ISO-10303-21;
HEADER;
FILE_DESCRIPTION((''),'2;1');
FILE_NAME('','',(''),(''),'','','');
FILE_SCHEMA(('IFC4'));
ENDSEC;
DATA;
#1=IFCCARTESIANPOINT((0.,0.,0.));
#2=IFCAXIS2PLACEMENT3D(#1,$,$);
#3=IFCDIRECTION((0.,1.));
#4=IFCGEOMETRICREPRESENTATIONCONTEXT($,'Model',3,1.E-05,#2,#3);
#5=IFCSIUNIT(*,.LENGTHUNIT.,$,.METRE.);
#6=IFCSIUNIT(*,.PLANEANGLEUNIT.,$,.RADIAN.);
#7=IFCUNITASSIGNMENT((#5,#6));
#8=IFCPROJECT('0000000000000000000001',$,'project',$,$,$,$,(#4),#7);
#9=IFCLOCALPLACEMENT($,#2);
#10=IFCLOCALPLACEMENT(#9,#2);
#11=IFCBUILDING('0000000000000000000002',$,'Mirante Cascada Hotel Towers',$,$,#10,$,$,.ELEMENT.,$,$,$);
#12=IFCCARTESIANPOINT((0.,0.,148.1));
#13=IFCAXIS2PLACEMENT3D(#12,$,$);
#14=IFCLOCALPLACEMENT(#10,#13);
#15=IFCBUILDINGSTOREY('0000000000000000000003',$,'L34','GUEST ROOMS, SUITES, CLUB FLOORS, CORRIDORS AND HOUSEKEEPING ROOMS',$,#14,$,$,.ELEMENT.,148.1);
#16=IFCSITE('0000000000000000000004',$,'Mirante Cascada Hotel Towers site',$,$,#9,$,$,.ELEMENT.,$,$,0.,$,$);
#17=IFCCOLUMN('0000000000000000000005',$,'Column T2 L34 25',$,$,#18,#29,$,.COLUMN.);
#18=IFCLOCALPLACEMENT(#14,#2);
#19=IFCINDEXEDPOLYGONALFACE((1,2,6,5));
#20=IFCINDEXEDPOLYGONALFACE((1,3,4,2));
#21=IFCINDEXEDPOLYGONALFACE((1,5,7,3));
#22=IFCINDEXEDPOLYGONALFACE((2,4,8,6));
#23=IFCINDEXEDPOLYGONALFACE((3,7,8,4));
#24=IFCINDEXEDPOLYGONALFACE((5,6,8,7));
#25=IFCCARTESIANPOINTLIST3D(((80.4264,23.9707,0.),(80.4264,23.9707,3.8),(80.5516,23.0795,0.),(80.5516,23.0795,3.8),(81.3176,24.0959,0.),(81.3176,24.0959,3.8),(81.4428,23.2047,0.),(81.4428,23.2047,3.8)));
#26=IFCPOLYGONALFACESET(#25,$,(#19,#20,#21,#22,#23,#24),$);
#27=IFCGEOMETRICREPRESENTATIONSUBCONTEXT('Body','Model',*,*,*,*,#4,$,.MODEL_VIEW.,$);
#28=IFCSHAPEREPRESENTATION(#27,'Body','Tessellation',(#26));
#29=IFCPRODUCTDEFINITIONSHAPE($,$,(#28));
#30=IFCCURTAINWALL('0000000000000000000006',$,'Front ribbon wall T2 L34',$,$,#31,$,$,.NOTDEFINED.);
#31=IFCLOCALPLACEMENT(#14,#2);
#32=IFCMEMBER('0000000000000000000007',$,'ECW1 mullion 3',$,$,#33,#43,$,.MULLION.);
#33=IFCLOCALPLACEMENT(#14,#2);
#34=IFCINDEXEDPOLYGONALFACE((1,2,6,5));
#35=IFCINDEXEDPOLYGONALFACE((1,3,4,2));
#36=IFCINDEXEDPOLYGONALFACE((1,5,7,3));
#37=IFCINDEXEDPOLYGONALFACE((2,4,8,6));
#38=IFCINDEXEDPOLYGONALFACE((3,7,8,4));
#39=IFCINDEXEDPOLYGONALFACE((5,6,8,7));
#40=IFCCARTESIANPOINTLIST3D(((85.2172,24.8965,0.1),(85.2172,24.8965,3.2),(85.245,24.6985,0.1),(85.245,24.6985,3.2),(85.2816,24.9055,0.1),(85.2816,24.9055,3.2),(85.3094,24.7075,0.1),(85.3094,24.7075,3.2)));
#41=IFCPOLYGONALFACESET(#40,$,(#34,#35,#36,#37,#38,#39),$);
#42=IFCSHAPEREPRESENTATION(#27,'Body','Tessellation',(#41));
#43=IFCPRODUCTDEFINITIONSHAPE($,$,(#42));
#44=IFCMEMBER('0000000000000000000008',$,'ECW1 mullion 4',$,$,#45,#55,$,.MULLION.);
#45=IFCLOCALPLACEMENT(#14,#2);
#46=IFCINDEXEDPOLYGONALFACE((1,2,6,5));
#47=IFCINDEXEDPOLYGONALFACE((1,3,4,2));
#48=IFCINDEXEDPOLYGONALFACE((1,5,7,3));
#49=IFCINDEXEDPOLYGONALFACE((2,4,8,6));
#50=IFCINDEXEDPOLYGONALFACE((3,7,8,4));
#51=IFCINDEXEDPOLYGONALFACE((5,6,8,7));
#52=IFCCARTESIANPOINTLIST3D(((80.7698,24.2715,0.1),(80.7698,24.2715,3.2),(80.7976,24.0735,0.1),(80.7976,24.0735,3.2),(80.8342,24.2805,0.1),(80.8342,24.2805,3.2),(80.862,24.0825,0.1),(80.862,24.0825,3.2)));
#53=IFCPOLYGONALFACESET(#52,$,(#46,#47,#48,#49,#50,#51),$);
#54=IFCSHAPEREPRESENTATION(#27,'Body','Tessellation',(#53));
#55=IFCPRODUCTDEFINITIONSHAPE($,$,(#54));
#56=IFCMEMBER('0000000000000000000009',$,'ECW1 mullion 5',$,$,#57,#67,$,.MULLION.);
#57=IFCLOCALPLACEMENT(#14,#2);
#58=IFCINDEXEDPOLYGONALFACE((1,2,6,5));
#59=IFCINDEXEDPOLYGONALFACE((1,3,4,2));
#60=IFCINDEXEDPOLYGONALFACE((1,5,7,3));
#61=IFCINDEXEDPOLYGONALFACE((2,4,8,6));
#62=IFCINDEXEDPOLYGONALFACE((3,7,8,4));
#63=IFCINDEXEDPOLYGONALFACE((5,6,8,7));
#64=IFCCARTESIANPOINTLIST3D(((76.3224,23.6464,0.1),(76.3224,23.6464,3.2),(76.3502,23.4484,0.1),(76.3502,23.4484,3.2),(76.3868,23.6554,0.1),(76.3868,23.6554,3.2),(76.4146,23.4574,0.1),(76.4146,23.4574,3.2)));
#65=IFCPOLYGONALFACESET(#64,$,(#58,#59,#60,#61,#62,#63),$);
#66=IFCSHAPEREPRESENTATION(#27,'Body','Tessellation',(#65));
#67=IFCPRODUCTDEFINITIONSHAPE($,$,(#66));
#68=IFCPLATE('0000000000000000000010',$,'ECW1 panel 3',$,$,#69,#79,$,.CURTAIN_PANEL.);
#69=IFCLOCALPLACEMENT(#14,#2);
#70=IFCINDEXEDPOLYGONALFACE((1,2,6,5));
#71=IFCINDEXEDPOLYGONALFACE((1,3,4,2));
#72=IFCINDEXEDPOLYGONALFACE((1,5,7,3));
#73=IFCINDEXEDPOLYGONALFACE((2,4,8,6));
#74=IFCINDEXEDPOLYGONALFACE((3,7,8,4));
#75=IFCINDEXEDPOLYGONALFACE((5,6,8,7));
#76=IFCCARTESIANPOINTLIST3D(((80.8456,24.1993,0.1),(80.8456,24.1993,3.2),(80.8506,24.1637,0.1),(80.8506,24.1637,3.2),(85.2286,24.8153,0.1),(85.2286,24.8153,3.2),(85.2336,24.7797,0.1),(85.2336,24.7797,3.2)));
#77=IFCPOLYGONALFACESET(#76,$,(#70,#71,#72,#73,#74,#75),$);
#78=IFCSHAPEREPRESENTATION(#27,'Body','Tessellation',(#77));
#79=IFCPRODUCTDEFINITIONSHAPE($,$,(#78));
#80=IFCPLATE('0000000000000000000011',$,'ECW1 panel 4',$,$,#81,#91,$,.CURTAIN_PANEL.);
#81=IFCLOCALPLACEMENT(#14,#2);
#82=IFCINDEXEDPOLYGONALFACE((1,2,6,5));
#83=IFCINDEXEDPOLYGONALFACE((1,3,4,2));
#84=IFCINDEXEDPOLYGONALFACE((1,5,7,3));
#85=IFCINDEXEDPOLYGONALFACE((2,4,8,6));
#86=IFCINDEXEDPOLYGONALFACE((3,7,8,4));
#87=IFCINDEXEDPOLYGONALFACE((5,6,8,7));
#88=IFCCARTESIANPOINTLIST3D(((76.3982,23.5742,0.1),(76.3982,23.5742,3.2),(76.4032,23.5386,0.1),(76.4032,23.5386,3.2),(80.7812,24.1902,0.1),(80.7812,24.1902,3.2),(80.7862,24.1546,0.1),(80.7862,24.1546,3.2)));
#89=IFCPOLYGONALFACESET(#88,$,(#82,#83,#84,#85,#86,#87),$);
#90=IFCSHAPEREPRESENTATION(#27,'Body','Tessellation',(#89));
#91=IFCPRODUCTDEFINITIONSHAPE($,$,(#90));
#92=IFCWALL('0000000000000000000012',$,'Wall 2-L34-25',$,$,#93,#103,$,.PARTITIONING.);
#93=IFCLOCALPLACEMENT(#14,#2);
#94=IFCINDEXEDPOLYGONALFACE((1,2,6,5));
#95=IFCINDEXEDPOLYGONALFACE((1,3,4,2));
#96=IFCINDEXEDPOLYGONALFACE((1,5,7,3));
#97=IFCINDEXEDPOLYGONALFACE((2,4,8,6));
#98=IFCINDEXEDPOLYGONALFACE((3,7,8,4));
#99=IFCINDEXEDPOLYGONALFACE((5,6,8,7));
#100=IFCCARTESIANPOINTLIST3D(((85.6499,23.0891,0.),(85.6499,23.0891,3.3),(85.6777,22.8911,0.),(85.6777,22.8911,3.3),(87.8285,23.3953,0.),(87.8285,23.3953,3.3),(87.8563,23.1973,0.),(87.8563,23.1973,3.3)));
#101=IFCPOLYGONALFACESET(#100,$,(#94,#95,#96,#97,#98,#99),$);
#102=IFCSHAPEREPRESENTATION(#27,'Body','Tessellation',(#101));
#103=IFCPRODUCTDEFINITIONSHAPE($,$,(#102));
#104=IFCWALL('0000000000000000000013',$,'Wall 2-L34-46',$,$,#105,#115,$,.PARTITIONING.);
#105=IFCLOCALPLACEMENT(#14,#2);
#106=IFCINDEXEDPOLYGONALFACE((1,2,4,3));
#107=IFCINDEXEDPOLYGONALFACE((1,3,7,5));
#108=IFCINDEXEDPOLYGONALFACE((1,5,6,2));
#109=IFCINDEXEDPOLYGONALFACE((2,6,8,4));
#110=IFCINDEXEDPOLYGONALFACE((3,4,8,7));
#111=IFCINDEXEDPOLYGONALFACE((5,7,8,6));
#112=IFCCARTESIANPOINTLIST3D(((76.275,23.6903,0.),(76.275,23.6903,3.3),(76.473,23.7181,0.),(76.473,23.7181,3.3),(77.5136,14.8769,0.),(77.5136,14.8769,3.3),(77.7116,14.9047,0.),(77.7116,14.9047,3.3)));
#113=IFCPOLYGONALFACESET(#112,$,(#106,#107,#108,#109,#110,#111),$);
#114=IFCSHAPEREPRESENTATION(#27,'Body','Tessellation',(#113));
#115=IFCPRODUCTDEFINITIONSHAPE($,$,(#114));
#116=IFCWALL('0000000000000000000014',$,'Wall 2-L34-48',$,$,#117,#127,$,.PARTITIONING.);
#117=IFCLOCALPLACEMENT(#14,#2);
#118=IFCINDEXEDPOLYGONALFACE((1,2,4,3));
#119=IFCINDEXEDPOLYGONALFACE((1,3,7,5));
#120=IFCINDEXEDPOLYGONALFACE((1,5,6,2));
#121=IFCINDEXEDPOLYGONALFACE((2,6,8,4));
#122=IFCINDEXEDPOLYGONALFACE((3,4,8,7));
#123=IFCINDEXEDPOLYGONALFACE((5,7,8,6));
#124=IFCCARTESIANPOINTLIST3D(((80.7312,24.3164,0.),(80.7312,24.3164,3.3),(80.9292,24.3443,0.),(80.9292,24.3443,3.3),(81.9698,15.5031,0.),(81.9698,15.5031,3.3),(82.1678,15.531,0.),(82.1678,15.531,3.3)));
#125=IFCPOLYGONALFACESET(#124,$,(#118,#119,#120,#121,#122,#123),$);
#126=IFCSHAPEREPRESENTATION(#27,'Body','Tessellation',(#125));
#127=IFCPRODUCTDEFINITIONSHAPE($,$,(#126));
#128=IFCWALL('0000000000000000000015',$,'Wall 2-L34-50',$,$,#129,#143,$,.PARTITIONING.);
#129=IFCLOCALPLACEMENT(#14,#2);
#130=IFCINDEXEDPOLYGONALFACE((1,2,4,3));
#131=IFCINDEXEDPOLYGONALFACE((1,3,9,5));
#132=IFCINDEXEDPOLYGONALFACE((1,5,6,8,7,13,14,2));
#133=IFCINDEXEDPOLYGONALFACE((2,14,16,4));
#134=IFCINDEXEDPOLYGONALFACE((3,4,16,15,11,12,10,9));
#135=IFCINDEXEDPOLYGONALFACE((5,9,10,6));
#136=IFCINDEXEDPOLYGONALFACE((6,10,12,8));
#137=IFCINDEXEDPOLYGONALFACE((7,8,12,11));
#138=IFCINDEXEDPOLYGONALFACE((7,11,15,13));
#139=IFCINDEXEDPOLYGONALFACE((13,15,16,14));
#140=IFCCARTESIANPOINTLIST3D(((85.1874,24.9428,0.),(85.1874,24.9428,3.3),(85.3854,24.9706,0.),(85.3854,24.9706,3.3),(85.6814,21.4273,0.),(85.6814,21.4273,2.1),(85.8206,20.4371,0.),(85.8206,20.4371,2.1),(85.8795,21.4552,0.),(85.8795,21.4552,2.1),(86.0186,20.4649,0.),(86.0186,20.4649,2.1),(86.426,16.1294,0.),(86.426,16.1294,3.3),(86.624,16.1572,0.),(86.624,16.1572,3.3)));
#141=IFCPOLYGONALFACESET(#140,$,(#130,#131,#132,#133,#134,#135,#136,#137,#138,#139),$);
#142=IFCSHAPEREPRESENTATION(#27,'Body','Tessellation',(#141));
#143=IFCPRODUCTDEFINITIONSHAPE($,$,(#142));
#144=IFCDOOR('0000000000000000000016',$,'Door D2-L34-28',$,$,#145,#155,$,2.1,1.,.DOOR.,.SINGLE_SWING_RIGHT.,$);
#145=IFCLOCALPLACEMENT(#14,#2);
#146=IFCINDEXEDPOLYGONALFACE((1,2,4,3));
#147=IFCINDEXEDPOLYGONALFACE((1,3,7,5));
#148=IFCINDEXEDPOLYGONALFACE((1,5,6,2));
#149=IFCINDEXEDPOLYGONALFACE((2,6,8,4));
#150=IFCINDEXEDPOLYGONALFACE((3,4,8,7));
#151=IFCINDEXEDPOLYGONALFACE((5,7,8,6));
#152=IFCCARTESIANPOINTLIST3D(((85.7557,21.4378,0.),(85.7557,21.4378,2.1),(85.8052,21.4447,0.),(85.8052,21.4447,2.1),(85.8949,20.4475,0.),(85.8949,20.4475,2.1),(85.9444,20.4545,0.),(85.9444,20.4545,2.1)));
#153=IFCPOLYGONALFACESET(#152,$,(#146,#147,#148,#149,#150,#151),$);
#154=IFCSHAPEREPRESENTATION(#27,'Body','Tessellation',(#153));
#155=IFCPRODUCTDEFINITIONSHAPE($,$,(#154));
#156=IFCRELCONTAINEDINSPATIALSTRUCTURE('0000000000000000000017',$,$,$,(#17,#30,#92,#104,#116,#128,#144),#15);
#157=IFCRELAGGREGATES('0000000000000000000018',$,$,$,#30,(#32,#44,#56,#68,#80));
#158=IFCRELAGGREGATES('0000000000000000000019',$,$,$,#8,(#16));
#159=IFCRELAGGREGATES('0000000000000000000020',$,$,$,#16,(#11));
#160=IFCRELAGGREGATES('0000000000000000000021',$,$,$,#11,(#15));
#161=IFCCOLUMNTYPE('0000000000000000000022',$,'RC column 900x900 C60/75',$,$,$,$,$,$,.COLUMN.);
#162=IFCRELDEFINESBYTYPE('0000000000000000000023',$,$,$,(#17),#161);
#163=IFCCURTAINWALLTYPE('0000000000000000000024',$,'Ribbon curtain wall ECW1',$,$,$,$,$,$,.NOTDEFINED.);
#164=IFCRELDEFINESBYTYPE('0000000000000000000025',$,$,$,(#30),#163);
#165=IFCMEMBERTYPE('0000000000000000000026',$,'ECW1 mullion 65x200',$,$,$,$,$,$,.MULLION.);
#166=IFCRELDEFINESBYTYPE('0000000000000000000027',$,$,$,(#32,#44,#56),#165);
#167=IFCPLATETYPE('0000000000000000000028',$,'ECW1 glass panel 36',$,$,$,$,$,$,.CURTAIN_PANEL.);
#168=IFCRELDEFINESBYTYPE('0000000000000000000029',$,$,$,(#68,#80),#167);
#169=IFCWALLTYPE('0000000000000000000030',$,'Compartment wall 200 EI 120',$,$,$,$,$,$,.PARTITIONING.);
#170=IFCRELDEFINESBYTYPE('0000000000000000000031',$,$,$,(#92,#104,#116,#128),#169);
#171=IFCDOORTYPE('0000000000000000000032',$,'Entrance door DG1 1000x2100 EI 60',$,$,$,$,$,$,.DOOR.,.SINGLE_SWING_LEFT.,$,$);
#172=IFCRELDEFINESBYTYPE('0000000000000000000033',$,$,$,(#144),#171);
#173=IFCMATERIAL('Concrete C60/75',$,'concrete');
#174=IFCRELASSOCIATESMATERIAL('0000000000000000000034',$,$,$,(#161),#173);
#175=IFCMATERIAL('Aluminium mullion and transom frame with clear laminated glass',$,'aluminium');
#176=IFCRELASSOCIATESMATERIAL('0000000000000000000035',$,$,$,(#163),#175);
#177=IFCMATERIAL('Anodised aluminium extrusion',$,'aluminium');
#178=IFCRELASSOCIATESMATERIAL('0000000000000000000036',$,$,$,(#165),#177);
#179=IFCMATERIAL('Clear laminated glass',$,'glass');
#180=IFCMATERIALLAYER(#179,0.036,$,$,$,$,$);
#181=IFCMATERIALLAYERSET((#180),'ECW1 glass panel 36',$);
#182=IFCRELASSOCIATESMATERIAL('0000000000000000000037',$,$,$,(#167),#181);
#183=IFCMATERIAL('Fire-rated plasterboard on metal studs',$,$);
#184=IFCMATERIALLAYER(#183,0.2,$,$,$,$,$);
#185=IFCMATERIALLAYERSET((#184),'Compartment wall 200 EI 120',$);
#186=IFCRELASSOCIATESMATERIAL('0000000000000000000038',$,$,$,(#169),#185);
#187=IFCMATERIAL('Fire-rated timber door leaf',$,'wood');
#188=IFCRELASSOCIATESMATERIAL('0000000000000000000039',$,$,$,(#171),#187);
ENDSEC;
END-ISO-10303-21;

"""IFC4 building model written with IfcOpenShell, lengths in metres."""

from ifc_helpers import new_model, si_unit, direction, frame, frame_2d, origin, origin_2d, place, context, subcontext, project, spatial, rectangle, extrude, material, layer, layer_set, material_profile, profile_set, type_object, element, fill, aggregate, save


model = new_model("IFC4")

# Units and contexts
model_context = context("Model", 3, precision=1e-05, world=origin(), true_north=direction((0.0, 1.0)))
body_context = subcontext(model_context, "Body", "Model", "MODEL_VIEW")
ifc_project = project(units=[si_unit("LENGTHUNIT", "METRE"), si_unit("PLANEANGLEUNIT", "RADIAN")], contexts=[model_context])

# Site, building, storey
site_placement = place(None, origin())
site = spatial("IfcSite", under=ifc_project, at=site_placement, Name="Mirante Cascada Hotel Towers site", CompositionType="ELEMENT", RefElevation=0.0)
building_placement = place(site_placement, origin())
building = spatial("IfcBuilding", under=site, at=building_placement, Name="Mirante Cascada Hotel Towers", CompositionType="ELEMENT")
storey_placement = place(building_placement, frame((0.0, 0.0, 148.1)))
storey = spatial("IfcBuildingStorey", under=building, at=storey_placement, Name="L34", Description="GUEST ROOMS, SUITES, CLUB FLOORS, CORRIDORS AND HOUSEKEEPING ROOMS", CompositionType="ELEMENT", Elevation=148.1)

# Column
ifc_material_1 = material(Name="Concrete C60/75", Category="concrete")
ifc_material_profile_1 = material_profile(ifc_material_1, rectangle(XDim=0.9, YDim=0.9, at=origin_2d()), Name="RC column 900x900 C60/75")
ifc_profile_set_1 = profile_set([ifc_material_profile_1], Name="Concrete C60/75")
column_type = type_object("IfcColumnType", Name="RC column 900x900 C60/75", PredefinedType="COLUMN", material=ifc_profile_set_1)
column_placement = place(storey_placement, frame((80.9346, 23.5877, 0.0), z_axis=(0.0, 0.0, 1.0), x_axis=(0.990268, 0.139173, 0.0)))
element("IfcColumn", 1, at=column_placement, inside=storey, type_object=column_type, Name="Column T2 L34 25", PredefinedType="COLUMN", context=body_context, shape_type="SweptSolid", body=[
    extrude(rectangle(XDim=0.9, YDim=0.9, at=origin_2d()), origin(), (0.0, 0.0, 1.0), 3.8),
])

# Curtain wall, members, plates
ifc_material_2 = material(Name="Aluminium mullion and transom frame with clear laminated glass", Category="aluminium")
curtain_wall_type = type_object("IfcCurtainWallType", Name="Ribbon curtain wall ECW1", PredefinedType="NOTDEFINED", material=ifc_material_2)
curtain_wall_placement = place(storey_placement, origin())
curtain_wall = element("IfcCurtainWall", 2, at=curtain_wall_placement, inside=storey, type_object=curtain_wall_type, Name="Front ribbon wall T2 L34", PredefinedType="NOTDEFINED")
ifc_material_3 = material(Name="Anodised aluminium extrusion", Category="aluminium")
ifc_material_profile_2 = material_profile(ifc_material_3, rectangle(XDim=0.2, YDim=0.065, at=origin_2d()), Name="ECW1 MULLION 65x200")
ifc_profile_set_2 = profile_set([ifc_material_profile_2], Name="Anodised aluminium extrusion")
member_type = type_object("IfcMemberType", Name="ECW1 mullion 65x200", PredefinedType="MULLION", material=ifc_profile_set_2)
member_1_placement = place(storey_placement, frame((85.2633, 24.802, 0.1), z_axis=(0.0, 0.0, 1.0), x_axis=(0.139173, -0.990268, 0.0)))
member_1 = element("IfcMember", 3, at=member_1_placement, type_object=member_type, Name="ECW1 mullion 3", PredefinedType="MULLION", context=body_context, shape_type="SweptSolid", body=[
    extrude(rectangle(XDim=0.2, YDim=0.065, at=origin_2d()), origin(), (0.0, 0.0, 1.0), 3.1),
])
member_2_placement = place(storey_placement, frame((80.8159, 24.177, 0.1), z_axis=(0.0, 0.0, 1.0), x_axis=(0.139173, -0.990268, 0.0)))
member_2 = element("IfcMember", 4, at=member_2_placement, type_object=member_type, Name="ECW1 mullion 4", PredefinedType="MULLION", context=body_context, shape_type="SweptSolid", body=[
    extrude(rectangle(XDim=0.2, YDim=0.065, at=origin_2d()), origin(), (0.0, 0.0, 1.0), 3.1),
])
member_3_placement = place(storey_placement, frame((76.3685, 23.5519, 0.1), z_axis=(0.0, 0.0, 1.0), x_axis=(0.139173, -0.990268, 0.0)))
member_3 = element("IfcMember", 5, at=member_3_placement, type_object=member_type, Name="ECW1 mullion 5", PredefinedType="MULLION", context=body_context, shape_type="SweptSolid", body=[
    extrude(rectangle(XDim=0.2, YDim=0.065, at=origin_2d()), origin(), (0.0, 0.0, 1.0), 3.1),
])
ifc_material_4 = material(Name="Clear laminated glass", Category="glass")
ifc_layer_1 = layer(ifc_material_4, 0.036)
ifc_layer_set_1 = layer_set([ifc_layer_1], Name="ECW1 glass panel 36")
plate_type = type_object("IfcPlateType", Name="ECW1 glass panel 36", PredefinedType="CURTAIN_PANEL", material=ifc_layer_set_1)
plate_1_placement = place(storey_placement, frame((83.0396, 24.4895, 0.1), z_axis=(0.0, 0.0, 1.0), x_axis=(-0.990268, -0.139173, 0.0)))
plate_1 = element("IfcPlate", 6, at=plate_1_placement, type_object=plate_type, Name="ECW1 panel 3", PredefinedType="CURTAIN_PANEL", context=body_context, shape_type="SweptSolid", body=[
    extrude(rectangle(XDim=4.4261, YDim=0.036, at=origin_2d()), origin(), (0.0, 0.0, 1.0), 3.1),
])
plate_2_placement = place(storey_placement, frame((78.5922, 23.8644, 0.1), z_axis=(0.0, 0.0, 1.0), x_axis=(-0.990268, -0.139173, 0.0)))
plate_2 = element("IfcPlate", 7, at=plate_2_placement, type_object=plate_type, Name="ECW1 panel 4", PredefinedType="CURTAIN_PANEL", context=body_context, shape_type="SweptSolid", body=[
    extrude(rectangle(XDim=4.4261, YDim=0.036, at=origin_2d()), origin(), (0.0, 0.0, 1.0), 3.1),
])
aggregate(curtain_wall, [member_1, member_2, member_3, plate_1, plate_2])

# Walls
ifc_material_5 = material(Name="Fire-rated plasterboard on metal studs")
ifc_layer_2 = layer(ifc_material_5, 0.2)
ifc_layer_set_2 = layer_set([ifc_layer_2], Name="Compartment wall 200 EI 120")
wall_type_1 = type_object("IfcWallType", Name="Compartment wall 200 EI 120", PredefinedType="PARTITIONING", material=ifc_layer_set_2)
wall_1_placement = place(storey_placement, frame((85.6638, 22.9901, 0.0), z_axis=(0.0, 0.0, 1.0), x_axis=(0.990267, 0.139181, 0.0)))
element("IfcWall", 8, at=wall_1_placement, inside=storey, type_object=wall_type_1, Name="Wall 2-L34-25", PredefinedType="PARTITIONING", context=body_context, shape_type="SweptSolid", body=[
    extrude(rectangle(XDim=2.2, YDim=0.2, at=frame_2d((1.1, 0.0))), origin(), (0.0, 0.0, 1.0), 3.3),
])
wall_2_placement = place(storey_placement, frame((76.374, 23.7042, 0.0), z_axis=(0.0, 0.0, 1.0), x_axis=(0.139168, -0.990269, 0.0)))
element("IfcWall", 9, at=wall_2_placement, inside=storey, type_object=wall_type_1, Name="Wall 2-L34-46", PredefinedType="PARTITIONING", context=body_context, shape_type="SweptSolid", body=[
    extrude(rectangle(XDim=8.9, YDim=0.2, at=frame_2d((4.45, 0.0))), origin(), (0.0, 0.0, 1.0), 3.3),
])
wall_3_placement = place(storey_placement, frame((80.8302, 24.3304, 0.0), z_axis=(0.0, 0.0, 1.0), x_axis=(0.13917, -0.990268, 0.0)))
element("IfcWall", 10, at=wall_3_placement, inside=storey, type_object=wall_type_1, Name="Wall 2-L34-48", PredefinedType="PARTITIONING", context=body_context, shape_type="SweptSolid", body=[
    extrude(rectangle(XDim=8.8999, YDim=0.2, at=frame_2d((4.45, 0.0))), origin(), (0.0, 0.0, 1.0), 3.3),
])

# Wall, opening, door
wall_4_placement = place(storey_placement, frame((85.2864, 24.9567, 0.0), z_axis=(0.0, 0.0, 1.0), x_axis=(0.139168, -0.990269, 0.0)))
wall_4 = element("IfcWall", 11, at=wall_4_placement, inside=storey, type_object=wall_type_1, Name="Wall 2-L34-50", PredefinedType="PARTITIONING", context=body_context, shape_type="SweptSolid", body=[
    extrude(rectangle(XDim=8.9, YDim=0.2, at=frame_2d((4.45, 0.0))), origin(), (0.0, 0.0, 1.0), 3.3),
])
opening_1_placement = place(wall_4_placement, frame((3.55, 0.0, 0.0)))
opening_1 = element("IfcOpeningElement", 12, at=opening_1_placement, cuts=wall_4, PredefinedType="OPENING", context=body_context, shape_type="SweptSolid", body=[
    extrude(rectangle(XDim=1.0, YDim=2.1, at=frame_2d((0.5, 1.05))), frame((0.0, 0.1, 0.0), z_axis=(0.0, -1.0, 0.0), x_axis=(1.0, 0.0, 0.0)), (0.0, 0.0, 1.0), 0.2),
])
ifc_material_6 = material(Name="Fire-rated timber door leaf", Category="wood")
door_type_1 = type_object("IfcDoorType", Name="Entrance door DG1 1000x2100 EI 60", OperationType="SINGLE_SWING_LEFT", PredefinedType="DOOR", material=ifc_material_6)
door_1_placement = place(opening_1_placement, frame((1.0, 0.0, 0.0), z_axis=(0.0, 0.0, 1.0), x_axis=(-1.0, 0.0, 0.0)))
door_1 = element("IfcDoor", 13, at=door_1_placement, inside=storey, type_object=door_type_1, Name="Door D2-L34-28", OperationType="SINGLE_SWING_RIGHT", OverallHeight=2.1, OverallWidth=1.0, PredefinedType="DOOR", context=body_context, shape_type="SweptSolid", body=[
    extrude(rectangle(XDim=1.0, YDim=2.1, at=frame_2d((0.5, 1.05))), frame((0.0, 0.025, 0.0), z_axis=(0.0, -1.0, 0.0), x_axis=(1.0, 0.0, 0.0)), (0.0, 0.0, 1.0), 0.05),
])
fill(opening_1, door_1)

save(model, "model.ifc")
